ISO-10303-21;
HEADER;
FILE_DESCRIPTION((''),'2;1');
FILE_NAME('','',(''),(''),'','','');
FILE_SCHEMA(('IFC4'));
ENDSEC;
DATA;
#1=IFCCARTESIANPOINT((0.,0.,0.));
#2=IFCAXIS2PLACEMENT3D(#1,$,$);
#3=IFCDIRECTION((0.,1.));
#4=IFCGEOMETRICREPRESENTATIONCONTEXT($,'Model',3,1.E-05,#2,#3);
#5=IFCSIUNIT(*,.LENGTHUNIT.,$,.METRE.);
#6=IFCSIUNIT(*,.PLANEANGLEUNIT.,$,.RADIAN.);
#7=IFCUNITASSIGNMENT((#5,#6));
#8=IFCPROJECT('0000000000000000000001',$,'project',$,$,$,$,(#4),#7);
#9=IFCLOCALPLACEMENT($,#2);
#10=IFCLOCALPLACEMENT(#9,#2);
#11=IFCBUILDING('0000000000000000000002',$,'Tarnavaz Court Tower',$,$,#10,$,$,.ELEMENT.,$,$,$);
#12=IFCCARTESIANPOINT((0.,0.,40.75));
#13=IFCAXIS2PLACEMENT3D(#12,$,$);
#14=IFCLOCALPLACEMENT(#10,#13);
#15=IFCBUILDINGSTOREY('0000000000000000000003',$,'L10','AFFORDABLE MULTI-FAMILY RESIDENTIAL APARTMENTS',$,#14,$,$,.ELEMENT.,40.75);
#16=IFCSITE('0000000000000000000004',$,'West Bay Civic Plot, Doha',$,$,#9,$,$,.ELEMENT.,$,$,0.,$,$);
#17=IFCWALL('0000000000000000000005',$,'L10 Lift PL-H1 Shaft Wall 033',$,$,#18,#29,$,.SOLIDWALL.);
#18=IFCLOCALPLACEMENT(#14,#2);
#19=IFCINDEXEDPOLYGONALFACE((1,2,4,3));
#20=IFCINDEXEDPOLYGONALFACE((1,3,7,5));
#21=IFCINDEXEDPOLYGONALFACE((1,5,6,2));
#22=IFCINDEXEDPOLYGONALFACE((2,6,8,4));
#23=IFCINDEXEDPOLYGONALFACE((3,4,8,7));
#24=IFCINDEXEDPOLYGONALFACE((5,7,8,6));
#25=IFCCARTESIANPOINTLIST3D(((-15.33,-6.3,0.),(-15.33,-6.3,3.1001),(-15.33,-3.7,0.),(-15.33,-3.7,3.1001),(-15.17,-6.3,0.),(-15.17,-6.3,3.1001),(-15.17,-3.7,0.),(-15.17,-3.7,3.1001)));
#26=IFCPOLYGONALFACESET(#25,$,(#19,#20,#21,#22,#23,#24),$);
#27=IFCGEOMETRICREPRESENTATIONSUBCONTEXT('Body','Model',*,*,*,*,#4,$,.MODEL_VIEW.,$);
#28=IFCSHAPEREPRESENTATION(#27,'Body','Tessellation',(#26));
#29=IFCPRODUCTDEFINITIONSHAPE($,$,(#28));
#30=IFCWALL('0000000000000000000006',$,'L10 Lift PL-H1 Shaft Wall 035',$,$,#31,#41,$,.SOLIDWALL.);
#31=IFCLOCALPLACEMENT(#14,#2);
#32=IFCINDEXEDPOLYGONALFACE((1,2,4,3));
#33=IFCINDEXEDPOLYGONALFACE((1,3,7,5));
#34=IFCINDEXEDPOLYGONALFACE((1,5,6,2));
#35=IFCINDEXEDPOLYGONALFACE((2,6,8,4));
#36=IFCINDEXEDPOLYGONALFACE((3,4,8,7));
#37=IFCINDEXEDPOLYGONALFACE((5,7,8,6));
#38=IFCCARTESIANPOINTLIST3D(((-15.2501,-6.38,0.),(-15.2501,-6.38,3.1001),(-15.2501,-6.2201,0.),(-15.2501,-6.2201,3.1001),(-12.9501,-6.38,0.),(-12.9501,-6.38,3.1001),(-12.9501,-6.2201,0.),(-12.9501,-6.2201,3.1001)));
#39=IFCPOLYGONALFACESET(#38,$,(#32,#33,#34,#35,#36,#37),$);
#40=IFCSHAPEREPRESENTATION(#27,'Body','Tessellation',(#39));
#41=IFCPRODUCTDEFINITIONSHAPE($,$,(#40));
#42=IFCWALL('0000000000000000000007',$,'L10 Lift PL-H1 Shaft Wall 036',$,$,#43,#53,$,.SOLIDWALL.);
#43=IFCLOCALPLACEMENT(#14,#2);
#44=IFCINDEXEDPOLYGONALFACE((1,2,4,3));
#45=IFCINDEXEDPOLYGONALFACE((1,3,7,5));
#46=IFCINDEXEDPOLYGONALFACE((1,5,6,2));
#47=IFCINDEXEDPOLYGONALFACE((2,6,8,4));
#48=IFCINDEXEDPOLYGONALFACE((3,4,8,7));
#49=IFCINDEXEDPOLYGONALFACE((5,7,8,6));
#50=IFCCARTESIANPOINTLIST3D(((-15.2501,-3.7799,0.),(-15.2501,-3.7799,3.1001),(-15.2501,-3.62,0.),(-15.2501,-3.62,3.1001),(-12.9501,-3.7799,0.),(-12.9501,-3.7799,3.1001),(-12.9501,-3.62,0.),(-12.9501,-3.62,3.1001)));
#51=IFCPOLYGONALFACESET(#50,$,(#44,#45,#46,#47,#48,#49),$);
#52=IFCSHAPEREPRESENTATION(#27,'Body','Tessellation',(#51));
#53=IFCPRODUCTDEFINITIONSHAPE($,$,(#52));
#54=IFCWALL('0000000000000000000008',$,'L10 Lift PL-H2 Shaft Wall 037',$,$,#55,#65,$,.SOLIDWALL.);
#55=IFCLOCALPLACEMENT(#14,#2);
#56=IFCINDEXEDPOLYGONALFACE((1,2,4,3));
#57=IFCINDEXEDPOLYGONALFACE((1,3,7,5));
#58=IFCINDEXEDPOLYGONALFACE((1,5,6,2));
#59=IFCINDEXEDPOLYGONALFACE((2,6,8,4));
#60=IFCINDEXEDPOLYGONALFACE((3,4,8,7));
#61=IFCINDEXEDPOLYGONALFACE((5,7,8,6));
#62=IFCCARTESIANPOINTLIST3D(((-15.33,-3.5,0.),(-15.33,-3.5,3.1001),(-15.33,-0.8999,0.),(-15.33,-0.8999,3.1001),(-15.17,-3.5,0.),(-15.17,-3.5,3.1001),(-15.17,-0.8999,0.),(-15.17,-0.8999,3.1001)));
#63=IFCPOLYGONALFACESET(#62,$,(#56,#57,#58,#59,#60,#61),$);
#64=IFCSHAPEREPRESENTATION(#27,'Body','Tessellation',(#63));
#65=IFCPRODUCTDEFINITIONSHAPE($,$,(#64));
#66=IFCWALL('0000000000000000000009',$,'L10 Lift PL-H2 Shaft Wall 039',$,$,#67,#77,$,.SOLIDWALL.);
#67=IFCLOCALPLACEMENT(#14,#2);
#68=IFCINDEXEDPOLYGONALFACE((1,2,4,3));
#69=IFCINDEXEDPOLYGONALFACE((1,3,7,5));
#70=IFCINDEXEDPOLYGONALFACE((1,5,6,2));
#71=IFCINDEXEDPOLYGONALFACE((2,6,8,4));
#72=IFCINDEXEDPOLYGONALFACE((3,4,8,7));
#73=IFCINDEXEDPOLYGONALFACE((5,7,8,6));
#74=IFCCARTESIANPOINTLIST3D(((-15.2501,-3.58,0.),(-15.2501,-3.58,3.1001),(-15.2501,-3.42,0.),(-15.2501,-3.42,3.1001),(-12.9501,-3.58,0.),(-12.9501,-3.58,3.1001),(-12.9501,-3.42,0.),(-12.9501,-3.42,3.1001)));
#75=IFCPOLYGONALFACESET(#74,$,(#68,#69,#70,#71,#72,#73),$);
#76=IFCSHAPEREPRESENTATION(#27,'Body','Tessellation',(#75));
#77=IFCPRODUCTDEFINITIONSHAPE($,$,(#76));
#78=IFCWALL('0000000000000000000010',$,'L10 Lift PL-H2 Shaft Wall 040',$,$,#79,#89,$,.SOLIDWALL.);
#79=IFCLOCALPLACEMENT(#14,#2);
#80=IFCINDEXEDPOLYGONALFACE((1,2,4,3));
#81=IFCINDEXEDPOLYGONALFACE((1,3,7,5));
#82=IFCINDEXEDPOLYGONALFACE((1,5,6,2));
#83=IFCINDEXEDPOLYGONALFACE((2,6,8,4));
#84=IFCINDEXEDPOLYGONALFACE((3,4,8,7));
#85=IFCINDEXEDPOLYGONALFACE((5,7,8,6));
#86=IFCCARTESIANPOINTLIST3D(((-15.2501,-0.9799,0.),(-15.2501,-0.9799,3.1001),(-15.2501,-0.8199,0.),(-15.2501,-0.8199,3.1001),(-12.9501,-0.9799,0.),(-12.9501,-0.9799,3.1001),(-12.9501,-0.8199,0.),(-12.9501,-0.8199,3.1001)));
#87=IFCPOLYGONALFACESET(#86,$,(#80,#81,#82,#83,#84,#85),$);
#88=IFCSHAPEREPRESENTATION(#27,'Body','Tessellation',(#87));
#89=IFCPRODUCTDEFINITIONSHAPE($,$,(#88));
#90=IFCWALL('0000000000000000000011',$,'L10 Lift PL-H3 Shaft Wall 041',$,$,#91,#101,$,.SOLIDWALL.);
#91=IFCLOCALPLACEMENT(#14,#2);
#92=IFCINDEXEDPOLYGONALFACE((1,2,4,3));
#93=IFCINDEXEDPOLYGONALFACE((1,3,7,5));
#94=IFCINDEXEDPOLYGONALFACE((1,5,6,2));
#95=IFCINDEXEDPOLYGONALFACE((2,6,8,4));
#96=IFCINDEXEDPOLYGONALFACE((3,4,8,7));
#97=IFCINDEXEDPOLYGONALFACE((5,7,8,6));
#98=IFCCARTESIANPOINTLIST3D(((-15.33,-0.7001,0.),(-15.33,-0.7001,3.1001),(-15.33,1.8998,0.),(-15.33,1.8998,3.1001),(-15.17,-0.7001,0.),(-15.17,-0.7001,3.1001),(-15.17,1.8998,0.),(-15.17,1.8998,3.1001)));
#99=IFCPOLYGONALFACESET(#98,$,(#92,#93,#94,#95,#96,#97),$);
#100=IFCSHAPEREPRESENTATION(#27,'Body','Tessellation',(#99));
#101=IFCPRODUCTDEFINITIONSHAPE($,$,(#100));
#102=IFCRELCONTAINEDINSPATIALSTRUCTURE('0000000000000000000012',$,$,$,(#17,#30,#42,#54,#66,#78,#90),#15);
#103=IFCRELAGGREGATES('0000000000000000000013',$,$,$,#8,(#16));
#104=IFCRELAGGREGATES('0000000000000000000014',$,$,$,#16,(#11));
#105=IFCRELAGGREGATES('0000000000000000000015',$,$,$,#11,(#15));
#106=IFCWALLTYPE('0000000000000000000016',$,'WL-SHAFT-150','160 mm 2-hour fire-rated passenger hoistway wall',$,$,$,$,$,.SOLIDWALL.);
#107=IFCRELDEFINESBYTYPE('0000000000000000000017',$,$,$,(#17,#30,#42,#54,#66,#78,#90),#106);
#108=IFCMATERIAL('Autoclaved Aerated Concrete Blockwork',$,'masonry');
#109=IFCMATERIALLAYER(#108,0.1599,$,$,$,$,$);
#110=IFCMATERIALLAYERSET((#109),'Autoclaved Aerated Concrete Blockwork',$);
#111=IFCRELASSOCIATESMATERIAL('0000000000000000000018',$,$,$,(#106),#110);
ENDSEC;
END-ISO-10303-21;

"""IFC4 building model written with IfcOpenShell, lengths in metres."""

from ifc_helpers import new_model, si_unit, direction, frame, frame_2d, origin, place, context, subcontext, project, spatial, rectangle, extrude, material, layer, layer_set, type_object, element, save


model = new_model("IFC4")

# Units and contexts
model_context = context("Model", 3, precision=1e-05, world=origin(), true_north=direction((0.0, 1.0)))
body_context = subcontext(model_context, "Body", "Model", "MODEL_VIEW")
ifc_project = project(units=[si_unit("LENGTHUNIT", "METRE"), si_unit("PLANEANGLEUNIT", "RADIAN")], contexts=[model_context])

# Site, building, storey
site_placement = place(None, origin())
site = spatial("IfcSite", under=ifc_project, at=site_placement, Name="West Bay Civic Plot, Doha", CompositionType="ELEMENT", RefElevation=0.0)
building_placement = place(site_placement, origin())
building = spatial("IfcBuilding", under=site, at=building_placement, Name="Tarnavaz Court Tower", CompositionType="ELEMENT")
storey_placement = place(building_placement, frame((0.0, 0.0, 40.75)))
storey = spatial("IfcBuildingStorey", under=building, at=storey_placement, Name="L10", Description="AFFORDABLE MULTI-FAMILY RESIDENTIAL APARTMENTS", CompositionType="ELEMENT", Elevation=40.75)

# Walls
ifc_material_1 = material(Name="Autoclaved Aerated Concrete Blockwork", Category="masonry")
ifc_layer_1 = layer(ifc_material_1, 0.1599)
ifc_layer_set_1 = layer_set([ifc_layer_1], Name="Autoclaved Aerated Concrete Blockwork")
wall_type_1 = type_object("IfcWallType", Name="WL-SHAFT-150", Description="160 mm 2-hour fire-rated passenger hoistway wall", PredefinedType="SOLIDWALL", material=ifc_layer_set_1)
wall_1_placement = place(storey_placement, frame((-15.25, -6.3, 0.0), z_axis=(0.0, 0.0, 1.0), x_axis=(0.0, 1.0, 0.0)))
element("IfcWall", 1, at=wall_1_placement, inside=storey, type_object=wall_type_1, Name="L10 Lift PL-H1 Shaft Wall 033", PredefinedType="SOLIDWALL", context=body_context, shape_type="SweptSolid", body=[
    extrude(rectangle(XDim=2.6001, YDim=0.1599, at=frame_2d((1.3, 0.0))), origin(), (0.0, 0.0, 1.0), 3.1001),
])
for number, where, z_axis, x_axis, name in (
    (2, (-15.25, -6.3, 0.0), (0.0, 0.0, 1.0), (1.0, 0.0, 0.0), "L10 Lift PL-H1 Shaft Wall 035"),
    (3, (-15.25, -3.7, 0.0), (0.0, 0.0, 1.0), (1.0, 0.0, 0.0), "L10 Lift PL-H1 Shaft Wall 036"),
):
    element("IfcWall", number, at=place(storey_placement, frame(where, z_axis=z_axis, x_axis=x_axis)), inside=storey, type_object=wall_type_1, Name=name, PredefinedType="SOLIDWALL", context=body_context, shape_type="SweptSolid", body=[
        extrude(rectangle(XDim=2.3, YDim=0.1599, at=frame_2d((1.1499, 0.0))), origin(), (0.0, 0.0, 1.0), 3.1001),
    ])
wall_2_placement = place(storey_placement, frame((-15.25, -3.5, 0.0), z_axis=(0.0, 0.0, 1.0), x_axis=(0.0, 1.0, 0.0)))
element("IfcWall", 4, at=wall_2_placement, inside=storey, type_object=wall_type_1, Name="L10 Lift PL-H2 Shaft Wall 037", PredefinedType="SOLIDWALL", context=body_context, shape_type="SweptSolid", body=[
    extrude(rectangle(XDim=2.6001, YDim=0.1599, at=frame_2d((1.3, 0.0))), origin(), (0.0, 0.0, 1.0), 3.1001),
])
for number, where, z_axis, x_axis, name in (
    (5, (-15.25, -3.5, 0.0), (0.0, 0.0, 1.0), (1.0, 0.0, 0.0), "L10 Lift PL-H2 Shaft Wall 039"),
    (6, (-15.25, -0.8999, 0.0), (0.0, 0.0, 1.0), (1.0, 0.0, 0.0), "L10 Lift PL-H2 Shaft Wall 040"),
):
    element("IfcWall", number, at=place(storey_placement, frame(where, z_axis=z_axis, x_axis=x_axis)), inside=storey, type_object=wall_type_1, Name=name, PredefinedType="SOLIDWALL", context=body_context, shape_type="SweptSolid", body=[
        extrude(rectangle(XDim=2.3, YDim=0.1599, at=frame_2d((1.1499, 0.0))), origin(), (0.0, 0.0, 1.0), 3.1001),
    ])
wall_3_placement = place(storey_placement, frame((-15.25, -0.7, 0.0), z_axis=(0.0, 0.0, 1.0), x_axis=(0.0, 1.0, 0.0)))
element("IfcWall", 7, at=wall_3_placement, inside=storey, type_object=wall_type_1, Name="L10 Lift PL-H3 Shaft Wall 041", PredefinedType="SOLIDWALL", context=body_context, shape_type="SweptSolid", body=[
    extrude(rectangle(XDim=2.5999, YDim=0.1599, at=frame_2d((1.2998, 0.0))), origin(), (0.0, 0.0, 1.0), 3.1001),
])

save(model, "model.ifc")
